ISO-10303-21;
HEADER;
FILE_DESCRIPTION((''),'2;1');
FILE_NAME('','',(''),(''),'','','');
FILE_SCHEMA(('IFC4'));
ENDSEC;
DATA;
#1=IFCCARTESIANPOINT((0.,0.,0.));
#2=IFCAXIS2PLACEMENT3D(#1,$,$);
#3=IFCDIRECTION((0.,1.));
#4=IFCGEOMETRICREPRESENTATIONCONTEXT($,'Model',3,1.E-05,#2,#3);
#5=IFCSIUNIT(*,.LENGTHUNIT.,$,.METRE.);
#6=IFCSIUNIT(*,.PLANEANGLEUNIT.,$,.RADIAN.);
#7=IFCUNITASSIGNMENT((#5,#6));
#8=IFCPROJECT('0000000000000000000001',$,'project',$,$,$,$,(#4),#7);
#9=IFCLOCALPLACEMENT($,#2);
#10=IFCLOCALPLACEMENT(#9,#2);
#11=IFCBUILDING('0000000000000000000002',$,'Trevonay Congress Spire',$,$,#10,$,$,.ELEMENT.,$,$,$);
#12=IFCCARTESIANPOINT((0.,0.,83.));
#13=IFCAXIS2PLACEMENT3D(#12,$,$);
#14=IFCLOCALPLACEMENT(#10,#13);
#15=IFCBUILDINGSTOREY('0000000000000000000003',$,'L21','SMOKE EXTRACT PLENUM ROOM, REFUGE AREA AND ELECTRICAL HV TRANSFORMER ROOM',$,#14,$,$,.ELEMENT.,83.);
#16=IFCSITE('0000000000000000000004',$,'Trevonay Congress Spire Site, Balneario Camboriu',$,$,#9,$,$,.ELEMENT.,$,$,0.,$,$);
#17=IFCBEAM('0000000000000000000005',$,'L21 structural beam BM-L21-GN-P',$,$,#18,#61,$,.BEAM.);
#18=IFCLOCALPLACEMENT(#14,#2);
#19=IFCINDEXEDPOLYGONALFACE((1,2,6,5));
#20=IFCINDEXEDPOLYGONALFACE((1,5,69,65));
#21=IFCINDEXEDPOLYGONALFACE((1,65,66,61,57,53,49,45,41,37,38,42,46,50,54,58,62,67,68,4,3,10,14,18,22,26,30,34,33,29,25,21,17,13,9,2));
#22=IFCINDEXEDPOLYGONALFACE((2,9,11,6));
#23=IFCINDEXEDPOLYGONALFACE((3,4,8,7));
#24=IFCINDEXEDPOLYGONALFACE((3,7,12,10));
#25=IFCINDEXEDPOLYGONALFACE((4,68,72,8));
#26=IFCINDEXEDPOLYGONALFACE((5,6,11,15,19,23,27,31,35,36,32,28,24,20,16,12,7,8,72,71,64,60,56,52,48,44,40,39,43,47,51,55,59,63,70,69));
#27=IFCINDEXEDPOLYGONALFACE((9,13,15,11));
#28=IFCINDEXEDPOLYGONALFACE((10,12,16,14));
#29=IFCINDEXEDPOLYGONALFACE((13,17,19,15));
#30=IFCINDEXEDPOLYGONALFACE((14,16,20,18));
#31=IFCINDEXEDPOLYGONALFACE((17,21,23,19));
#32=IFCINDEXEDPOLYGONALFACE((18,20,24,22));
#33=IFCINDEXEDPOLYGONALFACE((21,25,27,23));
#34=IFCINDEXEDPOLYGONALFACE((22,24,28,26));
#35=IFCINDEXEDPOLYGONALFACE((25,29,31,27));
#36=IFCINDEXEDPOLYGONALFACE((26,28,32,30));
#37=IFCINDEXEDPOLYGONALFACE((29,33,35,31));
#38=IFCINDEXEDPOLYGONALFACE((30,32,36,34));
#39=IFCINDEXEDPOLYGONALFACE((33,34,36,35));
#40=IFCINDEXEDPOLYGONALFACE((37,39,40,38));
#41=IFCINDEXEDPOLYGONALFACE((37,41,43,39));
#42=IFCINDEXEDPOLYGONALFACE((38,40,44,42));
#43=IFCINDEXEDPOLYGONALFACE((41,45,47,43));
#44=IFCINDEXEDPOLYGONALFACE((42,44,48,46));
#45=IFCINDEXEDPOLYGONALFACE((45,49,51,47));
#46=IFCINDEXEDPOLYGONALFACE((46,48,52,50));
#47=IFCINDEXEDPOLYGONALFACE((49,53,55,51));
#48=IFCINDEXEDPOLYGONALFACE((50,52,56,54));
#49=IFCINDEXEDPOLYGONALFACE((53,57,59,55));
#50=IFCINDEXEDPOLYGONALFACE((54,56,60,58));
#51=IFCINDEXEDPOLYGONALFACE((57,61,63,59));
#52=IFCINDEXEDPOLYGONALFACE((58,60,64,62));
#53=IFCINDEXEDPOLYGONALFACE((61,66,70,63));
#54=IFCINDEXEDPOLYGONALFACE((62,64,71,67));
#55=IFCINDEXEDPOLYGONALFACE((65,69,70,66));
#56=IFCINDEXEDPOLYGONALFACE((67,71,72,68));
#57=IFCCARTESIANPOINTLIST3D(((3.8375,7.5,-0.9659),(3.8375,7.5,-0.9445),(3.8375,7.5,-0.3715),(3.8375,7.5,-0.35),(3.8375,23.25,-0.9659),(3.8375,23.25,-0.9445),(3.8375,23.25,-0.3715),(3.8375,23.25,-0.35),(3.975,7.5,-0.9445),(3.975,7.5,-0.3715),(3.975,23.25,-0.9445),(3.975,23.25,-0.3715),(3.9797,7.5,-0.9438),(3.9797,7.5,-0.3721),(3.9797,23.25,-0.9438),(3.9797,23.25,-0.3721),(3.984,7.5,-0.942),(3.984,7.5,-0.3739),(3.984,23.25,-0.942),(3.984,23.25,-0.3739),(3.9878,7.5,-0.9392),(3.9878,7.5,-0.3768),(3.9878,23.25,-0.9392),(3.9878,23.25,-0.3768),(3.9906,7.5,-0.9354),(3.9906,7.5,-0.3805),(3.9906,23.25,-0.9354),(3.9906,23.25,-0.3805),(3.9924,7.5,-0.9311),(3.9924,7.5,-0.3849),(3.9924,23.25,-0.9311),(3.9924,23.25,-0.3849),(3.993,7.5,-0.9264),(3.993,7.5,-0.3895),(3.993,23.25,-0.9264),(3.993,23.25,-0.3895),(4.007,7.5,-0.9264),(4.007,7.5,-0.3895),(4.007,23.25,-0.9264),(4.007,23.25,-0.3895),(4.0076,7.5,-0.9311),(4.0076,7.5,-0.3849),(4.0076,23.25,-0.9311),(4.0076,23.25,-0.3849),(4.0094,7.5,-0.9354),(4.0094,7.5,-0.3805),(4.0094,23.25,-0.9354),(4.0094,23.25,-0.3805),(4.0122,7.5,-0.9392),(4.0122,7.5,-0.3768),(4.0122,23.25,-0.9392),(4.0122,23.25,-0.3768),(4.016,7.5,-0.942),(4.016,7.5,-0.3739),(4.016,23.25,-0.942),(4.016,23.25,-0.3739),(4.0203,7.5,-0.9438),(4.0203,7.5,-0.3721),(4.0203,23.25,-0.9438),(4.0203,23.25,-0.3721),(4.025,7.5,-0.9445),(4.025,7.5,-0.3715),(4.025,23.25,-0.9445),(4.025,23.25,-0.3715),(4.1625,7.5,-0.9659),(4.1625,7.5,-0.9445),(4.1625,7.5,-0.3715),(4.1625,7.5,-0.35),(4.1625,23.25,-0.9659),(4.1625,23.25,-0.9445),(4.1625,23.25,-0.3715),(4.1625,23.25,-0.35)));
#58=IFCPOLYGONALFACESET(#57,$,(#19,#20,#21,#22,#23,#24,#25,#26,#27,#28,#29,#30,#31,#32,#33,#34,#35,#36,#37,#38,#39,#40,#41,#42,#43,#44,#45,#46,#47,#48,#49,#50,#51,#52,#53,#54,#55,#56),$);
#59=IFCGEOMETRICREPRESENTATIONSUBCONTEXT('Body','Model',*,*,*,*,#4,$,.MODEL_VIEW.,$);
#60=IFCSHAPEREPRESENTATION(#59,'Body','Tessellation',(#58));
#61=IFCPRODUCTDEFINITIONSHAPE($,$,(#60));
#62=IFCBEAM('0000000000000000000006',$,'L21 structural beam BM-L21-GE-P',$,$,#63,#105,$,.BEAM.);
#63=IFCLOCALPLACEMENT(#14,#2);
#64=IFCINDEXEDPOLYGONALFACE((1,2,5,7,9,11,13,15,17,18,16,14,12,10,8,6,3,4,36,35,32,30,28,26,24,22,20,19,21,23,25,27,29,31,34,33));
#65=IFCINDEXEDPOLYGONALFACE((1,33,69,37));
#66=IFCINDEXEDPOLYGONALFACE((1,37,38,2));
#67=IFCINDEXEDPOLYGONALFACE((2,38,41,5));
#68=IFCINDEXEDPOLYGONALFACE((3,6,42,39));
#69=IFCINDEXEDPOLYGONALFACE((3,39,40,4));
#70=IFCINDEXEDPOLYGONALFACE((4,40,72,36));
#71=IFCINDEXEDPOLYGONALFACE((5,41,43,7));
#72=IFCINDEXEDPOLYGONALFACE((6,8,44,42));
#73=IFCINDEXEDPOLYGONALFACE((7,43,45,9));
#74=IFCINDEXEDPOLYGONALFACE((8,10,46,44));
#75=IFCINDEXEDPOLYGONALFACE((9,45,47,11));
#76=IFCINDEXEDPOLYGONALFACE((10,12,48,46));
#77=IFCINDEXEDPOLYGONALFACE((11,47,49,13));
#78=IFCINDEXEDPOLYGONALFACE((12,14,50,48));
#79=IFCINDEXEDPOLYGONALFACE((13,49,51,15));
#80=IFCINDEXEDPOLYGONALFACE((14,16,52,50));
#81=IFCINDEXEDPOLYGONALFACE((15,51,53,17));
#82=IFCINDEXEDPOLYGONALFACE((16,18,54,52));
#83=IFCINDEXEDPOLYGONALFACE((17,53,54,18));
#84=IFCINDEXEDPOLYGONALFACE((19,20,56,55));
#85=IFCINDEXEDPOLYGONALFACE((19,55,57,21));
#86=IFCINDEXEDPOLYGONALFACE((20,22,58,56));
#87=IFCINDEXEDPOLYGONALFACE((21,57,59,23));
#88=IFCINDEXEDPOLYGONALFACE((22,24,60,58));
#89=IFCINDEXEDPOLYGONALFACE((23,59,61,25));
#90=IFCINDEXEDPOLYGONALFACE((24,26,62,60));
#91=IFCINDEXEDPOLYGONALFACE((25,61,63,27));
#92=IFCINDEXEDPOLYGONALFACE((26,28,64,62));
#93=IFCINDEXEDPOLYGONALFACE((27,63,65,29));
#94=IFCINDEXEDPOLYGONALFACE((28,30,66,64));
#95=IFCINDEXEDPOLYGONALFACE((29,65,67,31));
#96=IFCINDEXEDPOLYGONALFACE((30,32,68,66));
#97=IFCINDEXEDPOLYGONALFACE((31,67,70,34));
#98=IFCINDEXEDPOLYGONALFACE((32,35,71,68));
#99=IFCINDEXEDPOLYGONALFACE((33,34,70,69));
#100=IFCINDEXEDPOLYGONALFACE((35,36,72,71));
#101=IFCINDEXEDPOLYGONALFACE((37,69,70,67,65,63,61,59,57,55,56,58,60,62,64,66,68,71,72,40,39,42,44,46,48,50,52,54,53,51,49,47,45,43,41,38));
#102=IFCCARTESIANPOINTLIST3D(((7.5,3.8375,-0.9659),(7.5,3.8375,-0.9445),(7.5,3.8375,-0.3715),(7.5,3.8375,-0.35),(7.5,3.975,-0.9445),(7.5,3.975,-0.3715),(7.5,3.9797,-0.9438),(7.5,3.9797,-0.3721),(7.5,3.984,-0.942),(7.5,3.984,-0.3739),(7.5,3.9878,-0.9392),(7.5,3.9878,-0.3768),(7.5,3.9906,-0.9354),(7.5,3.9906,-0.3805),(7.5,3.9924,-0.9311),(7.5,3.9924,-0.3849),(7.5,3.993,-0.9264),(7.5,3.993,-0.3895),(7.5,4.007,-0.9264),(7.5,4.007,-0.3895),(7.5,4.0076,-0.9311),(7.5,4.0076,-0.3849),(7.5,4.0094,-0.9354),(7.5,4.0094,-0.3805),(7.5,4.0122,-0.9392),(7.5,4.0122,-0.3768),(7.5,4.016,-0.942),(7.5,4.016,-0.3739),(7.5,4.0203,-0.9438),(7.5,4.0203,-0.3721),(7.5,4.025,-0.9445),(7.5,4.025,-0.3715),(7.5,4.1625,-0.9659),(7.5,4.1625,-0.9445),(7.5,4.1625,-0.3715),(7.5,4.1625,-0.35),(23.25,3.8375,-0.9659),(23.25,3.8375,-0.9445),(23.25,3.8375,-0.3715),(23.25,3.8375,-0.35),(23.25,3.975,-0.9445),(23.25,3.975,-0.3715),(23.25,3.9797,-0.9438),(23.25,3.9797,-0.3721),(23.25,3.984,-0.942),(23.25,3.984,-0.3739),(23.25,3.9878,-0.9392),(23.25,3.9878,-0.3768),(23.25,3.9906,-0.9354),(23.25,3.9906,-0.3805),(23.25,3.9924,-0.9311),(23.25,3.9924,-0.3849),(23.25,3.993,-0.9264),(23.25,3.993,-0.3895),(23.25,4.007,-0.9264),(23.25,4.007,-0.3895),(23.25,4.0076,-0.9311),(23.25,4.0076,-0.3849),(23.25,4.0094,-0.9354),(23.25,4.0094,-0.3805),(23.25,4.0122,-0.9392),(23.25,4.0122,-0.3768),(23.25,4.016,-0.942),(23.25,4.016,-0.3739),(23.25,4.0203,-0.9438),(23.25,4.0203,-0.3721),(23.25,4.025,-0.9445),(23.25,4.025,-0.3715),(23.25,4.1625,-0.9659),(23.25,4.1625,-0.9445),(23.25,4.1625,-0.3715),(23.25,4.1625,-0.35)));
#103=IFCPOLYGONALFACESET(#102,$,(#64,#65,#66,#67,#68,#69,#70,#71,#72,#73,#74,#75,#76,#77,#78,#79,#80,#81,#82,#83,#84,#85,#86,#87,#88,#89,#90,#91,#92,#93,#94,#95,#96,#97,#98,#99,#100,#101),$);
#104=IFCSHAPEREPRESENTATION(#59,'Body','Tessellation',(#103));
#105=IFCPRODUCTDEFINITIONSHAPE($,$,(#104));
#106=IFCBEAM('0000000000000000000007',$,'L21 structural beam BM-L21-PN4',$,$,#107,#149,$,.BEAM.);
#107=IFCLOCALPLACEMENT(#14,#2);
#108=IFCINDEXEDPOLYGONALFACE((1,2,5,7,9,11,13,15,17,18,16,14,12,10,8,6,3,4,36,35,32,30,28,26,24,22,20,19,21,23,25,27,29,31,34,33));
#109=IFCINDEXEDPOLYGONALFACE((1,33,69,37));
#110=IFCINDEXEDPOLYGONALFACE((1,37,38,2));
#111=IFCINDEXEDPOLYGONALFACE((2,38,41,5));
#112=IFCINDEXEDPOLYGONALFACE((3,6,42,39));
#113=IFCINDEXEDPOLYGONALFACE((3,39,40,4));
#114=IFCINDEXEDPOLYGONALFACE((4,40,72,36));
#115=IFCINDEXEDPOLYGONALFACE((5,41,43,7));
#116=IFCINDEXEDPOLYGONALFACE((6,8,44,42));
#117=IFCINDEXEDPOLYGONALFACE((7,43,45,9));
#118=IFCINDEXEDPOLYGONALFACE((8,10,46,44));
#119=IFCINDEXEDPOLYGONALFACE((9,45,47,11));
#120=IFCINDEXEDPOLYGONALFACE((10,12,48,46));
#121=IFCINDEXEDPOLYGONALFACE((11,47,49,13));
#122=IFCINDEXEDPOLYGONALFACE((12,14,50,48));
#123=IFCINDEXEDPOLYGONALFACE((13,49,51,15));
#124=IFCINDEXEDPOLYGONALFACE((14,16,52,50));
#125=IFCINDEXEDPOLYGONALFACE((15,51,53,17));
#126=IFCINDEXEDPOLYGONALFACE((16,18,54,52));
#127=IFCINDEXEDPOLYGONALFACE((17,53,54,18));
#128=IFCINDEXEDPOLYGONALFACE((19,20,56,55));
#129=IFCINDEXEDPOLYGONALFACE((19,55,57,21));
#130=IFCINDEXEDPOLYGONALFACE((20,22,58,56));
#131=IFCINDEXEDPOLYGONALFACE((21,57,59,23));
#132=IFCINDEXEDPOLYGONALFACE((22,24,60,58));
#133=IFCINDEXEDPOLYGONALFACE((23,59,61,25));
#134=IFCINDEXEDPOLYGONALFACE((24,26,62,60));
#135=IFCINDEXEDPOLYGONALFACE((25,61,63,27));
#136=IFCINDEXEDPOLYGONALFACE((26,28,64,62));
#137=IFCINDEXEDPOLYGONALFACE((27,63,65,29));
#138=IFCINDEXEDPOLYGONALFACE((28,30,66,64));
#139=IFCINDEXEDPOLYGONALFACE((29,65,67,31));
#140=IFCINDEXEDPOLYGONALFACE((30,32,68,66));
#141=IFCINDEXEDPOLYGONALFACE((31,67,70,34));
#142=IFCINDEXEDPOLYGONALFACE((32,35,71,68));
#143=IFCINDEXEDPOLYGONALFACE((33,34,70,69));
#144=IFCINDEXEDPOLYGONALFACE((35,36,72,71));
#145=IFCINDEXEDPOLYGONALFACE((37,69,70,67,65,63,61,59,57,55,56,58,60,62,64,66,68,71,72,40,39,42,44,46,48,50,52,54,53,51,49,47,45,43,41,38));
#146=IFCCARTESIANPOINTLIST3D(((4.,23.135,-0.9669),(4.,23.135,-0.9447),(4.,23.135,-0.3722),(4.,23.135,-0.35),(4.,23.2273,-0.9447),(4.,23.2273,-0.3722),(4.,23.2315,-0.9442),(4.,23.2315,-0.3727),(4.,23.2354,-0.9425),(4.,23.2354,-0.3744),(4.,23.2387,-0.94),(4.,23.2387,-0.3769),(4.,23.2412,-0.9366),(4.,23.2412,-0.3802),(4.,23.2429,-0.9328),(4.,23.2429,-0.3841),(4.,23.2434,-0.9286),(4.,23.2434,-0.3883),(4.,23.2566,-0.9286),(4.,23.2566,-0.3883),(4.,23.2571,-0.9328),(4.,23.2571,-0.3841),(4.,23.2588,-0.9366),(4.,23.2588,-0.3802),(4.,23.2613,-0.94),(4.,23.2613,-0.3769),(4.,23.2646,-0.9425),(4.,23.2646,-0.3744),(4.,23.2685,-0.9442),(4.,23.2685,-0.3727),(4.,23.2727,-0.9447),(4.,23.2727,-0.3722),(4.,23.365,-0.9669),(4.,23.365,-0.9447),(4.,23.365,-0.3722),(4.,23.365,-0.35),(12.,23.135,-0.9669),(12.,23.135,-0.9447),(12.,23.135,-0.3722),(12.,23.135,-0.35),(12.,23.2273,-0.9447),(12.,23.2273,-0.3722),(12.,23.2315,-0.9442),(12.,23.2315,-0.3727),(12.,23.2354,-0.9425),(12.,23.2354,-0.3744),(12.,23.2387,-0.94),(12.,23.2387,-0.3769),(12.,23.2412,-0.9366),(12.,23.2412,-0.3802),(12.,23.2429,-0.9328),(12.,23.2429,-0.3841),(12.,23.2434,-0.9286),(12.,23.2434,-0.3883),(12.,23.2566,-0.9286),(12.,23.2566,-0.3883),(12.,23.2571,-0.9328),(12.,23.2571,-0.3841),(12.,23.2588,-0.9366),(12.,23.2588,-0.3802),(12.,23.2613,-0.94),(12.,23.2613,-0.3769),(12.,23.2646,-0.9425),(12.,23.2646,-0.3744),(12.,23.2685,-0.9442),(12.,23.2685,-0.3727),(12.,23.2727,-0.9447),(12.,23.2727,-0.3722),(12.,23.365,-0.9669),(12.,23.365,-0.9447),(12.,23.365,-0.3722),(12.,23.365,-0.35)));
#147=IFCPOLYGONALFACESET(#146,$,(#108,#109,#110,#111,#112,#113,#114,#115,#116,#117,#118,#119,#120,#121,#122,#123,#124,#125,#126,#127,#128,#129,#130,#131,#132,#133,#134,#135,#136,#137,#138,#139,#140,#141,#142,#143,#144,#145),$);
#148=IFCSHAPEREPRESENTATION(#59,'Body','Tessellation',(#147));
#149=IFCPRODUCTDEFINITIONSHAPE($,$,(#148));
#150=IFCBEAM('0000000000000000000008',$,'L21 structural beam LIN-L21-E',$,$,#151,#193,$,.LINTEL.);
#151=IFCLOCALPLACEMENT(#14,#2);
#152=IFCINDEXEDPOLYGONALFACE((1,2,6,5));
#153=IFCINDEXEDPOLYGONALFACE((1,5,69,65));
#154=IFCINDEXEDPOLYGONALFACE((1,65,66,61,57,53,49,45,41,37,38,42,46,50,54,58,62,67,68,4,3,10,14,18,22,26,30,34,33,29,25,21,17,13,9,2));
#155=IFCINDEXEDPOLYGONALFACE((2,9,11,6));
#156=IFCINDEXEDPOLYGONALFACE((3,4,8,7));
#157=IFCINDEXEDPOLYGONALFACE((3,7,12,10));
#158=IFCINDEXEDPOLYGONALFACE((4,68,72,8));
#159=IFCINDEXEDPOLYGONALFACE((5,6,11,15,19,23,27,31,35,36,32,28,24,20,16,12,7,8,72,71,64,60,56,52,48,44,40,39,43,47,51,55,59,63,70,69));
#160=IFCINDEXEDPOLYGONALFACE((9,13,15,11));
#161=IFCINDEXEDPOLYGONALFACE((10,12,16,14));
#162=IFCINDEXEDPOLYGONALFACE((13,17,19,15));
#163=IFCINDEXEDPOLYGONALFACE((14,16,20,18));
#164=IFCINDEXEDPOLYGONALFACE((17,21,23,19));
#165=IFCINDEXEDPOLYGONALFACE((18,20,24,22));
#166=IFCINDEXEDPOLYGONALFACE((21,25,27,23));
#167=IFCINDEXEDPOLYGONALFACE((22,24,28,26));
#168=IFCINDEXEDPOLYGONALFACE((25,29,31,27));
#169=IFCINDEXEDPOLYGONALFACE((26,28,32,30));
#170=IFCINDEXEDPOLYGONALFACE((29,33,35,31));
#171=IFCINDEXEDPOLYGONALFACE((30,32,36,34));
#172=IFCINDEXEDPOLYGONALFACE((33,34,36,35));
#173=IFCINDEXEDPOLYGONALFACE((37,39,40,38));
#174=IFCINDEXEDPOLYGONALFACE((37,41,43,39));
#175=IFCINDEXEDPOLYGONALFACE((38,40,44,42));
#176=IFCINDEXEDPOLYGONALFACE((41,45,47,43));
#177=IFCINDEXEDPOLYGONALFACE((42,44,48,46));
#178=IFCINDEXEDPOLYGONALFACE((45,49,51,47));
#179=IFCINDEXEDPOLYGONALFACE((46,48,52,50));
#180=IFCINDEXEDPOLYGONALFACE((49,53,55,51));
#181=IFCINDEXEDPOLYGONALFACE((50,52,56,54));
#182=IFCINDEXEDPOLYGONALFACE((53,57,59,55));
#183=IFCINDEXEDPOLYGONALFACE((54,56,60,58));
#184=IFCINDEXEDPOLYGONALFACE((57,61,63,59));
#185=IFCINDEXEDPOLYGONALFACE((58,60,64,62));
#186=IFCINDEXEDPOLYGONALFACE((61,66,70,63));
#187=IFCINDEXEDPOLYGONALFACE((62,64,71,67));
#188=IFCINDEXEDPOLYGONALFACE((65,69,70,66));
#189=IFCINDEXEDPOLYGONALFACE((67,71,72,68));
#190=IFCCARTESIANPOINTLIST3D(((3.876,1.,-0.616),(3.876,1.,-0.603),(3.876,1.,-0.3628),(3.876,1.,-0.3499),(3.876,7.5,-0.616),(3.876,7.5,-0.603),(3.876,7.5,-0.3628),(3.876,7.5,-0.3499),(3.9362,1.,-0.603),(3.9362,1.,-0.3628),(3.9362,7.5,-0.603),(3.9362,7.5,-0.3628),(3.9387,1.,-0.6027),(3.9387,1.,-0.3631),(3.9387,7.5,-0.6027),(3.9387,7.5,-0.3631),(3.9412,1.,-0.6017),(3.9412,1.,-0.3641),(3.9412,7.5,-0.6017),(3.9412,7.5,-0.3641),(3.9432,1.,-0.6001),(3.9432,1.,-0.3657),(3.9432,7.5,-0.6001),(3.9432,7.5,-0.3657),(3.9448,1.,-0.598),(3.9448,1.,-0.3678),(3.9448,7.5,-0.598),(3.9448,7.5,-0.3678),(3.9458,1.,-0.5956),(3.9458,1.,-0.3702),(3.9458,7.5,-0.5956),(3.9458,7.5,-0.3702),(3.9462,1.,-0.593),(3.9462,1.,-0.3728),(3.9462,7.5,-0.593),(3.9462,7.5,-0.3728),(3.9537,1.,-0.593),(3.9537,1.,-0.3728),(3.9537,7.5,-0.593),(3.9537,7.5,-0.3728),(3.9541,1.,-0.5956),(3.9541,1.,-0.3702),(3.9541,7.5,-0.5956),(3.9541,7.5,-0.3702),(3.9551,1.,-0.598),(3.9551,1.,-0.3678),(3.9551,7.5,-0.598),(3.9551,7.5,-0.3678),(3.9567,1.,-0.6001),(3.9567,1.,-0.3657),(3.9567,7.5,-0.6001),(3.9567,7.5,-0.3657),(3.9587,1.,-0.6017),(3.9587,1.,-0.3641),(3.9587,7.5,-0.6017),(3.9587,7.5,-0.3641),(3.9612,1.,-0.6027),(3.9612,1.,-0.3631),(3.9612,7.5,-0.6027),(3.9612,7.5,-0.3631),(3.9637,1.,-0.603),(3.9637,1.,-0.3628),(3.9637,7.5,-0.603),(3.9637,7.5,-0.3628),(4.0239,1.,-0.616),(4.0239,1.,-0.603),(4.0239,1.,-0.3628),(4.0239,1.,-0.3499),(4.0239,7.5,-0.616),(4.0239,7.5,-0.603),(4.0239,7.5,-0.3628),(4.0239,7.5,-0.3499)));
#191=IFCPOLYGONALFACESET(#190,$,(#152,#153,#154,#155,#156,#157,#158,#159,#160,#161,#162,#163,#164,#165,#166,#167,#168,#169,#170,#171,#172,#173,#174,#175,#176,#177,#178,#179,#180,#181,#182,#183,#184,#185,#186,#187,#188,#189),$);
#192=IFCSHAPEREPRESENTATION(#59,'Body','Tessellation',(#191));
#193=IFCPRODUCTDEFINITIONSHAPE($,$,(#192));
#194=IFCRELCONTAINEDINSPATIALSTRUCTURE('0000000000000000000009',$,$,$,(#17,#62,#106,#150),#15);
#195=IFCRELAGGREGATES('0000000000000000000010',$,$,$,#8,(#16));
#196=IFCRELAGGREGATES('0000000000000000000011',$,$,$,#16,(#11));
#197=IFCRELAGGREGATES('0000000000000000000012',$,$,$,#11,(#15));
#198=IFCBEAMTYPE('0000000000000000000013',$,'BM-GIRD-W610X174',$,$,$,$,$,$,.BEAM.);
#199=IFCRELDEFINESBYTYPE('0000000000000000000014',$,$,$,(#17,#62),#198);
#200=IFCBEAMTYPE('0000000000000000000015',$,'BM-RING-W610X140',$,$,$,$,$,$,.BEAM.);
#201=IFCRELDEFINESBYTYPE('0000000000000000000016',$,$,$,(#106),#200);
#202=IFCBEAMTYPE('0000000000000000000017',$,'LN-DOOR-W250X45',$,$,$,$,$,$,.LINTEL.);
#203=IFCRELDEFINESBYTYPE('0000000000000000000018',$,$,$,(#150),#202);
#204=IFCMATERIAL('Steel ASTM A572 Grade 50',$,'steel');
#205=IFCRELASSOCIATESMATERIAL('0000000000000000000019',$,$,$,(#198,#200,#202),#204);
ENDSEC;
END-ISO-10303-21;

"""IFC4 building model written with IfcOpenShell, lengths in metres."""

from ifc_helpers import new_model, si_unit, direction, frame, origin, origin_2d, place, context, subcontext, project, spatial, i_section, extrude, material, material_profile, profile_set, type_object, element, save


model = new_model("IFC4")

# Units and contexts
model_context = context("Model", 3, precision=1e-05, world=origin(), true_north=direction((0.0, 1.0)))
body_context = subcontext(model_context, "Body", "Model", "MODEL_VIEW")
ifc_project = project(units=[si_unit("LENGTHUNIT", "METRE"), si_unit("PLANEANGLEUNIT", "RADIAN")], contexts=[model_context])

# Site, building, storey
site_placement = place(None, origin())
site = spatial("IfcSite", under=ifc_project, at=site_placement, Name="Trevonay Congress Spire Site, Balneario Camboriu", CompositionType="ELEMENT", RefElevation=0.0)
building_placement = place(site_placement, origin())
building = spatial("IfcBuilding", under=site, at=building_placement, Name="Trevonay Congress Spire", CompositionType="ELEMENT")
storey_placement = place(building_placement, frame((0.0, 0.0, 83.0)))
storey = spatial("IfcBuildingStorey", under=building, at=storey_placement, Name="L21", Description="SMOKE EXTRACT PLENUM ROOM, REFUGE AREA AND ELECTRICAL HV TRANSFORMER ROOM", CompositionType="ELEMENT", Elevation=83.0)

# Shared definitions
ifc_material_1 = material(Name="Steel ASTM A572 Grade 50", Category="steel")

# Beams
ifc_material_profile_1 = material_profile(ifc_material_1, i_section(OverallWidth=0.325, OverallDepth=0.616, WebThickness=0.0139, FlangeThickness=0.0215, FilletRadius=0.0181, at=origin_2d()), Name="W610x174")
ifc_profile_set_1 = profile_set([ifc_material_profile_1], Name="Steel ASTM A572 Grade 50")
beam_type_1 = type_object("IfcBeamType", Name="BM-GIRD-W610X174", PredefinedType="BEAM", material=ifc_profile_set_1)
for number, where, z_axis, x_axis, name in (
    (1, (4.0, 7.5, -0.658), (0.0, 1.0, 0.0), (-1.0, 0.0, 0.0), "L21 structural beam BM-L21-GN-P"),
    (2, (7.5, 4.0, -0.658), (1.0, 0.0, 0.0), (0.0, 1.0, 0.0), "L21 structural beam BM-L21-GE-P"),
):
    element("IfcBeam", number, at=place(storey_placement, frame(where, z_axis=z_axis, x_axis=x_axis)), inside=storey, type_object=beam_type_1, Name=name, PredefinedType="BEAM", context=body_context, shape_type="SweptSolid", body=[
        extrude(i_section(OverallWidth=0.325, OverallDepth=0.616, WebThickness=0.0139, FlangeThickness=0.0215, FilletRadius=0.0181, at=origin_2d()), origin(), (0.0, 0.0, 1.0), 15.75),
    ])
ifc_material_profile_2 = material_profile(ifc_material_1, i_section(OverallWidth=0.23, OverallDepth=0.6169, WebThickness=0.0132, FlangeThickness=0.0222, FilletRadius=0.0161, at=origin_2d()), Name="W610x140")
ifc_profile_set_2 = profile_set([ifc_material_profile_2], Name="Steel ASTM A572 Grade 50")
beam_type_2 = type_object("IfcBeamType", Name="BM-RING-W610X140", PredefinedType="BEAM", material=ifc_profile_set_2)
beam_1_placement = place(storey_placement, frame((4.0, 23.25, -0.6584), z_axis=(1.0, 0.0, 0.0), x_axis=(0.0, 1.0, 0.0)))
element("IfcBeam", 3, at=beam_1_placement, inside=storey, type_object=beam_type_2, Name="L21 structural beam BM-L21-PN4", PredefinedType="BEAM", context=body_context, shape_type="SweptSolid", body=[
    extrude(i_section(OverallWidth=0.23, OverallDepth=0.6169, WebThickness=0.0132, FlangeThickness=0.0222, FilletRadius=0.0161, at=origin_2d()), origin(), (0.0, 0.0, 1.0), 8.0),
])
ifc_material_profile_3 = material_profile(ifc_material_1, i_section(OverallWidth=0.1479, OverallDepth=0.2661, WebThickness=0.0076, FlangeThickness=0.0129, FilletRadius=0.01, at=origin_2d()), Name="W250x44.8")
ifc_profile_set_3 = profile_set([ifc_material_profile_3], Name="Steel ASTM A572 Grade 50")
beam_type_3 = type_object("IfcBeamType", Name="LN-DOOR-W250X45", PredefinedType="LINTEL", material=ifc_profile_set_3)
beam_2_placement = place(storey_placement, frame((3.95, 1.0, -0.4829), z_axis=(0.0, 1.0, 0.0), x_axis=(-1.0, 0.0, 0.0)))
element("IfcBeam", 4, at=beam_2_placement, inside=storey, type_object=beam_type_3, Name="L21 structural beam LIN-L21-E", PredefinedType="LINTEL", context=body_context, shape_type="SweptSolid", body=[
    extrude(i_section(OverallWidth=0.1479, OverallDepth=0.2661, WebThickness=0.0076, FlangeThickness=0.0129, FilletRadius=0.01, at=origin_2d()), origin(), (0.0, 0.0, 1.0), 6.5),
])

save(model, "model.ifc")
